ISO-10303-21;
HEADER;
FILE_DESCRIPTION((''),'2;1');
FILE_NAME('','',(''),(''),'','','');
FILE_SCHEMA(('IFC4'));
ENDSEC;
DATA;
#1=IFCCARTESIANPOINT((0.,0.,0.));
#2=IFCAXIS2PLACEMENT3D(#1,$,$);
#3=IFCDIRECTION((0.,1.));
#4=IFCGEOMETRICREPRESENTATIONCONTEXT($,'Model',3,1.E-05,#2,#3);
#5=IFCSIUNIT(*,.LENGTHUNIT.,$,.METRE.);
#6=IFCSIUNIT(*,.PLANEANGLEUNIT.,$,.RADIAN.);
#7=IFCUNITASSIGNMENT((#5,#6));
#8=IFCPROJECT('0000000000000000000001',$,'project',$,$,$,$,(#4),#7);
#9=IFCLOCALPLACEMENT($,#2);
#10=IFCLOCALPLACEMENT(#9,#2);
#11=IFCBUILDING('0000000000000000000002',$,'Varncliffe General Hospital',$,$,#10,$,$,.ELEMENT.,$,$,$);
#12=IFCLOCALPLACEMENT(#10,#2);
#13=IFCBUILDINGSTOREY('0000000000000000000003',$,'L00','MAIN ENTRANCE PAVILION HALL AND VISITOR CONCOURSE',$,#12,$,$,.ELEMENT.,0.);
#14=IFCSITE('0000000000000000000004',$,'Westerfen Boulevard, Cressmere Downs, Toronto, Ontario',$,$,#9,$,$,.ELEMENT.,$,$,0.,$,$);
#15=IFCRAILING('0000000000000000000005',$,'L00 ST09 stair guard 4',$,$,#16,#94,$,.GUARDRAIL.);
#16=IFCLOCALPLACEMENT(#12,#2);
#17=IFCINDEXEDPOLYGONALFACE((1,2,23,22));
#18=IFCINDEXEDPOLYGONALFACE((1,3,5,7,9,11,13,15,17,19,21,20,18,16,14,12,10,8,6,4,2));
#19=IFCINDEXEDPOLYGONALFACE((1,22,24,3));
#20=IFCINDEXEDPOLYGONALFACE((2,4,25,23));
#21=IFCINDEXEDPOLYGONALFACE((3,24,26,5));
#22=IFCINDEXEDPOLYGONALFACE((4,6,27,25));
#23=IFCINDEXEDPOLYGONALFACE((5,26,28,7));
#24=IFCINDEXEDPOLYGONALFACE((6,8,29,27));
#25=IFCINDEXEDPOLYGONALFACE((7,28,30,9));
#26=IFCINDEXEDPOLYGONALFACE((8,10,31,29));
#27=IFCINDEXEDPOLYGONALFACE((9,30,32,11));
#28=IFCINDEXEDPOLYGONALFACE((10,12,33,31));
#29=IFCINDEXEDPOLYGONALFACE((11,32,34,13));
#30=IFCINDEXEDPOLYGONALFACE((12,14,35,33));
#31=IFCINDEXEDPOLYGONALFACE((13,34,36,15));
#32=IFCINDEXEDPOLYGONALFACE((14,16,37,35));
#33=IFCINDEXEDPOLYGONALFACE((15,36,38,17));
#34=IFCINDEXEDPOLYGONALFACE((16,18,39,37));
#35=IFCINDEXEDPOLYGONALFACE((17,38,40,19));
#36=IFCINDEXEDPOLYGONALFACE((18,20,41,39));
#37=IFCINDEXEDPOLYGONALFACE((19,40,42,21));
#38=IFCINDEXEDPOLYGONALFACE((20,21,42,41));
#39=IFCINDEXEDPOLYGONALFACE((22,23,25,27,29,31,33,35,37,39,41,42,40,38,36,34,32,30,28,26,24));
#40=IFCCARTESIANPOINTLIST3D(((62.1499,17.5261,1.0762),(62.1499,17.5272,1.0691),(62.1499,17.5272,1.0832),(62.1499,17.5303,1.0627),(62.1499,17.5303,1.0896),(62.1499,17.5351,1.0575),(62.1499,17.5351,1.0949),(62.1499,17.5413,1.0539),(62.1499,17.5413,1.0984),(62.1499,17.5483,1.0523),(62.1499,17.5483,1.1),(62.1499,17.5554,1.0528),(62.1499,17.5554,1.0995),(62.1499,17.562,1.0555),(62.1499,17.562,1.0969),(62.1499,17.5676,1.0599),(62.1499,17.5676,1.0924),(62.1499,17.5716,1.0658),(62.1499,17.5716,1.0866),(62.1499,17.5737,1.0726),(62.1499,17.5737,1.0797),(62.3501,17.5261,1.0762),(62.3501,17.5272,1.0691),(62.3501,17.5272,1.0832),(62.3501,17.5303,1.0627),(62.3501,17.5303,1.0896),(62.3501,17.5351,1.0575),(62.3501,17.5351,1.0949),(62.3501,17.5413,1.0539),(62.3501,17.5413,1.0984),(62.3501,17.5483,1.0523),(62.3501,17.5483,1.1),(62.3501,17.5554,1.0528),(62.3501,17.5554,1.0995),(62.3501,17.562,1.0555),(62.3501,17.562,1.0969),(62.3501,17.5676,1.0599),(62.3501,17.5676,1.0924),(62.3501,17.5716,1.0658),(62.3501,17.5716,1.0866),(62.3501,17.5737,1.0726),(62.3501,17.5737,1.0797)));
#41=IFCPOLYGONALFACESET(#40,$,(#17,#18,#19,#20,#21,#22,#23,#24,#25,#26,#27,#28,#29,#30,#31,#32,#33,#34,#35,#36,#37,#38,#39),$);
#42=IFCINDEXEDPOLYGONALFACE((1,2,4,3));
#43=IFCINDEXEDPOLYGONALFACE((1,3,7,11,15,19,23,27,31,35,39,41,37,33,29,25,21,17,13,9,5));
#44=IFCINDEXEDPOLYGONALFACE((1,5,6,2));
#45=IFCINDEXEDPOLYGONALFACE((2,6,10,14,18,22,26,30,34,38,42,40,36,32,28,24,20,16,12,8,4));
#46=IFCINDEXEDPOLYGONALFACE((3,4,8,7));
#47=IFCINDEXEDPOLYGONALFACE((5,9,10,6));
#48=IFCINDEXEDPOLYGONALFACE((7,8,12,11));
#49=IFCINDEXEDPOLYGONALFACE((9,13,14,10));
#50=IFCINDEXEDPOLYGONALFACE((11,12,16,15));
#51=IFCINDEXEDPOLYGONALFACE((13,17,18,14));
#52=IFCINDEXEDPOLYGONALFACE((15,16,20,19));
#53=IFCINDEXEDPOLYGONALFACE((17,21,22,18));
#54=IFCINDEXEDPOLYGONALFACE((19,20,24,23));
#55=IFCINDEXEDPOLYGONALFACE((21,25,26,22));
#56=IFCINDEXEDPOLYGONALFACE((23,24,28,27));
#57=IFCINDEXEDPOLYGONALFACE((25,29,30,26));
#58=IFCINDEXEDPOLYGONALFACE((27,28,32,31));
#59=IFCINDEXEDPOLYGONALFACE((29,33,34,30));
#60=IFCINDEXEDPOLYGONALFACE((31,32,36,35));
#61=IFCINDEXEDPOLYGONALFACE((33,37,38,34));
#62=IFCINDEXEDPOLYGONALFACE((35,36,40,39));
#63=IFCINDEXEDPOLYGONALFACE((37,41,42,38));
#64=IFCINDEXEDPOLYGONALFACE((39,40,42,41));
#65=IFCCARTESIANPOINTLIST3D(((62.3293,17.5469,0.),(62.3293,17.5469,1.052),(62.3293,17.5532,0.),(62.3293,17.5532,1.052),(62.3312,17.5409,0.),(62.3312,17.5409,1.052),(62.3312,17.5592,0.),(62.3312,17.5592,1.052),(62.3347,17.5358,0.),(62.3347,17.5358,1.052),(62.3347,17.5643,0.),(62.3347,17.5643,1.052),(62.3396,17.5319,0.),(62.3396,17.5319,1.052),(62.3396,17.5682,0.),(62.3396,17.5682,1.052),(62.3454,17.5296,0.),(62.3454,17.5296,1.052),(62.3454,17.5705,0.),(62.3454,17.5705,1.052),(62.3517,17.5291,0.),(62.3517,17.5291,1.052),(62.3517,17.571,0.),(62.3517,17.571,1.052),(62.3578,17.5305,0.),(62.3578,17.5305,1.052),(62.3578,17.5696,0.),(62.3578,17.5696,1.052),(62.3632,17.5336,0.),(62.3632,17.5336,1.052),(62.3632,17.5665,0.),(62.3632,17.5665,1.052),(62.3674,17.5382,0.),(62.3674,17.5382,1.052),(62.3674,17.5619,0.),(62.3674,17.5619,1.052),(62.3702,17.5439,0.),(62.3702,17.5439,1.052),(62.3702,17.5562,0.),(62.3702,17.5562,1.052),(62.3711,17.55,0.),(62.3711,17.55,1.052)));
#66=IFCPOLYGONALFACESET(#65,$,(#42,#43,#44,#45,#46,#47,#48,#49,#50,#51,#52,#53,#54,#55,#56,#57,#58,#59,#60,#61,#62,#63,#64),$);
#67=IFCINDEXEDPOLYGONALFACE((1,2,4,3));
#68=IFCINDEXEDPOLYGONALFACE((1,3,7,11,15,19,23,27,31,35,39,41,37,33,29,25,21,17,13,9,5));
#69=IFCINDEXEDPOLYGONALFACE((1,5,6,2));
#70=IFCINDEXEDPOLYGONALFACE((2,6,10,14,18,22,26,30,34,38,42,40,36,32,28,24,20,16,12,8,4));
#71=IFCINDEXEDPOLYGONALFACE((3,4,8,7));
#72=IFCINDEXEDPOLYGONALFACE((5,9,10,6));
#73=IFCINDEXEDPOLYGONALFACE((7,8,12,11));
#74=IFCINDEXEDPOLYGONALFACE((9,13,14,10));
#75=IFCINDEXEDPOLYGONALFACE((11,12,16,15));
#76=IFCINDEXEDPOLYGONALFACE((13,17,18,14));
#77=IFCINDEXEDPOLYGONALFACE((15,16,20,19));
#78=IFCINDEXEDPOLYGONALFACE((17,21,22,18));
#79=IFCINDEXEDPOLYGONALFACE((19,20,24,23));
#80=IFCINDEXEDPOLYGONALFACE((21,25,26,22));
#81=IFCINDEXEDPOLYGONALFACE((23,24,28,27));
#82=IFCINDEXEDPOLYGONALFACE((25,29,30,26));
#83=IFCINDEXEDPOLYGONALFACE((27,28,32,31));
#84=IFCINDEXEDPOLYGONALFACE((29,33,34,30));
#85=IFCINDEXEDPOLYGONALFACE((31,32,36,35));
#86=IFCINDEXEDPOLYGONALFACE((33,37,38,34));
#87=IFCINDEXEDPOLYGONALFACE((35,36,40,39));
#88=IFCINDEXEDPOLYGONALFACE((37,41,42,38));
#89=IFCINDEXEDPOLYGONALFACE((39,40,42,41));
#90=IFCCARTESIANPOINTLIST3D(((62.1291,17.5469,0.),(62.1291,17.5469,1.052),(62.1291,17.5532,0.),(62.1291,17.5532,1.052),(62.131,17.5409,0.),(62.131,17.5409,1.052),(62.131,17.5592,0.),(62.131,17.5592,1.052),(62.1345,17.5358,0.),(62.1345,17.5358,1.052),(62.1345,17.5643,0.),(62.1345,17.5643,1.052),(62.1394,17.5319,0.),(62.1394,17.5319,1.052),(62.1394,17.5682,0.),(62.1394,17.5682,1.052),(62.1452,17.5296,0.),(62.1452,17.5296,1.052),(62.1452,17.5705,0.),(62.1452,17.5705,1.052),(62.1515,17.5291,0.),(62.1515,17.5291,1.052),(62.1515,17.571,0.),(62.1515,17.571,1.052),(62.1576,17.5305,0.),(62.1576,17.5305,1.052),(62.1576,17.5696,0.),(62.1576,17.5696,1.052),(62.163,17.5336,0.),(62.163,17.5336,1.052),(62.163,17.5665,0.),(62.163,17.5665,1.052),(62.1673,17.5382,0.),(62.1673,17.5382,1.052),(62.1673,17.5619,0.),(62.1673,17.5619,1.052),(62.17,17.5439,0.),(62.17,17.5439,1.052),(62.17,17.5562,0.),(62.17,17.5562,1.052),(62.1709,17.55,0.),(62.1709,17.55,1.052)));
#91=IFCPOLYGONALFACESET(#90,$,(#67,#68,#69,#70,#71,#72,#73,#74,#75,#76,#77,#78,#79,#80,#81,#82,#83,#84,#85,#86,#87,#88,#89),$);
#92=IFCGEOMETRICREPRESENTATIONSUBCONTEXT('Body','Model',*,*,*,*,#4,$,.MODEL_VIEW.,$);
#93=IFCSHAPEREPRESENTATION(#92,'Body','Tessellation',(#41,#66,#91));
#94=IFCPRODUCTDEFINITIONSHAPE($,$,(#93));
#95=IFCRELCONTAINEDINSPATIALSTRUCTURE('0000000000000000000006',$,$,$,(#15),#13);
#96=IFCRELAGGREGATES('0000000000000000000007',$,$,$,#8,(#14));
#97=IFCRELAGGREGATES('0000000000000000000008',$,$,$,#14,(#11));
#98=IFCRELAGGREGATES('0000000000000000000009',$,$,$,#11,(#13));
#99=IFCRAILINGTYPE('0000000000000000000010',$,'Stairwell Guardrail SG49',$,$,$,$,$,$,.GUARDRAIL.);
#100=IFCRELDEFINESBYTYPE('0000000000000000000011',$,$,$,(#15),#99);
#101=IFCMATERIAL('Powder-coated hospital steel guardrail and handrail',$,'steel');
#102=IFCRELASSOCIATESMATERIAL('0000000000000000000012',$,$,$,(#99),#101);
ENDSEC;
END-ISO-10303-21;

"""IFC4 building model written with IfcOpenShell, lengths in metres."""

from ifc_helpers import new_model, si_unit, direction, frame, origin, origin_2d, place, context, subcontext, project, spatial, circle, extrude, material, type_object, element, save


model = new_model("IFC4")

# Units and contexts
model_context = context("Model", 3, precision=1e-05, world=origin(), true_north=direction((0.0, 1.0)))
body_context = subcontext(model_context, "Body", "Model", "MODEL_VIEW")
ifc_project = project(units=[si_unit("LENGTHUNIT", "METRE"), si_unit("PLANEANGLEUNIT", "RADIAN")], contexts=[model_context])

# Site, building, storey
site_placement = place(None, origin())
site = spatial("IfcSite", under=ifc_project, at=site_placement, Name="Westerfen Boulevard, Cressmere Downs, Toronto, Ontario", CompositionType="ELEMENT", RefElevation=0.0)
building_placement = place(site_placement, origin())
building = spatial("IfcBuilding", under=site, at=building_placement, Name="Varncliffe General Hospital", CompositionType="ELEMENT")
storey_placement = place(building_placement, origin())
storey = spatial("IfcBuildingStorey", under=building, at=storey_placement, Name="L00", Description="MAIN ENTRANCE PAVILION HALL AND VISITOR CONCOURSE", CompositionType="ELEMENT", Elevation=0.0)

# Railing
ifc_material_1 = material(Name="Powder-coated hospital steel guardrail and handrail", Category="steel")
railing_type_1 = type_object("IfcRailingType", Name="Stairwell Guardrail SG49", PredefinedType="GUARDRAIL", material=ifc_material_1)
railing_1_placement = place(storey_placement, frame((62.3501, 17.55, 0.0)))
element("IfcRailing", 1, at=railing_1_placement, inside=storey, type_object=railing_type_1, Name="L00 ST09 stair guard 4", PredefinedType="GUARDRAIL", context=body_context, shape_type="SweptSolid", body=[
    extrude(circle(Radius=0.0239, at=origin_2d()), frame((0.0, 0.0, 1.0762), z_axis=(-1.0, 0.0, 0.0), x_axis=(0.0, -1.0, 0.0)), (0.0, 0.0, 1.0), 0.2002),
    extrude(circle(Radius=0.021, at=origin_2d()), origin(), (0.0, 0.0, 1.0), 1.052),
    extrude(circle(Radius=0.021, at=origin_2d()), frame((-0.2002, 0.0, 0.0)), (0.0, 0.0, 1.0), 1.052),
])

save(model, "model.ifc")
